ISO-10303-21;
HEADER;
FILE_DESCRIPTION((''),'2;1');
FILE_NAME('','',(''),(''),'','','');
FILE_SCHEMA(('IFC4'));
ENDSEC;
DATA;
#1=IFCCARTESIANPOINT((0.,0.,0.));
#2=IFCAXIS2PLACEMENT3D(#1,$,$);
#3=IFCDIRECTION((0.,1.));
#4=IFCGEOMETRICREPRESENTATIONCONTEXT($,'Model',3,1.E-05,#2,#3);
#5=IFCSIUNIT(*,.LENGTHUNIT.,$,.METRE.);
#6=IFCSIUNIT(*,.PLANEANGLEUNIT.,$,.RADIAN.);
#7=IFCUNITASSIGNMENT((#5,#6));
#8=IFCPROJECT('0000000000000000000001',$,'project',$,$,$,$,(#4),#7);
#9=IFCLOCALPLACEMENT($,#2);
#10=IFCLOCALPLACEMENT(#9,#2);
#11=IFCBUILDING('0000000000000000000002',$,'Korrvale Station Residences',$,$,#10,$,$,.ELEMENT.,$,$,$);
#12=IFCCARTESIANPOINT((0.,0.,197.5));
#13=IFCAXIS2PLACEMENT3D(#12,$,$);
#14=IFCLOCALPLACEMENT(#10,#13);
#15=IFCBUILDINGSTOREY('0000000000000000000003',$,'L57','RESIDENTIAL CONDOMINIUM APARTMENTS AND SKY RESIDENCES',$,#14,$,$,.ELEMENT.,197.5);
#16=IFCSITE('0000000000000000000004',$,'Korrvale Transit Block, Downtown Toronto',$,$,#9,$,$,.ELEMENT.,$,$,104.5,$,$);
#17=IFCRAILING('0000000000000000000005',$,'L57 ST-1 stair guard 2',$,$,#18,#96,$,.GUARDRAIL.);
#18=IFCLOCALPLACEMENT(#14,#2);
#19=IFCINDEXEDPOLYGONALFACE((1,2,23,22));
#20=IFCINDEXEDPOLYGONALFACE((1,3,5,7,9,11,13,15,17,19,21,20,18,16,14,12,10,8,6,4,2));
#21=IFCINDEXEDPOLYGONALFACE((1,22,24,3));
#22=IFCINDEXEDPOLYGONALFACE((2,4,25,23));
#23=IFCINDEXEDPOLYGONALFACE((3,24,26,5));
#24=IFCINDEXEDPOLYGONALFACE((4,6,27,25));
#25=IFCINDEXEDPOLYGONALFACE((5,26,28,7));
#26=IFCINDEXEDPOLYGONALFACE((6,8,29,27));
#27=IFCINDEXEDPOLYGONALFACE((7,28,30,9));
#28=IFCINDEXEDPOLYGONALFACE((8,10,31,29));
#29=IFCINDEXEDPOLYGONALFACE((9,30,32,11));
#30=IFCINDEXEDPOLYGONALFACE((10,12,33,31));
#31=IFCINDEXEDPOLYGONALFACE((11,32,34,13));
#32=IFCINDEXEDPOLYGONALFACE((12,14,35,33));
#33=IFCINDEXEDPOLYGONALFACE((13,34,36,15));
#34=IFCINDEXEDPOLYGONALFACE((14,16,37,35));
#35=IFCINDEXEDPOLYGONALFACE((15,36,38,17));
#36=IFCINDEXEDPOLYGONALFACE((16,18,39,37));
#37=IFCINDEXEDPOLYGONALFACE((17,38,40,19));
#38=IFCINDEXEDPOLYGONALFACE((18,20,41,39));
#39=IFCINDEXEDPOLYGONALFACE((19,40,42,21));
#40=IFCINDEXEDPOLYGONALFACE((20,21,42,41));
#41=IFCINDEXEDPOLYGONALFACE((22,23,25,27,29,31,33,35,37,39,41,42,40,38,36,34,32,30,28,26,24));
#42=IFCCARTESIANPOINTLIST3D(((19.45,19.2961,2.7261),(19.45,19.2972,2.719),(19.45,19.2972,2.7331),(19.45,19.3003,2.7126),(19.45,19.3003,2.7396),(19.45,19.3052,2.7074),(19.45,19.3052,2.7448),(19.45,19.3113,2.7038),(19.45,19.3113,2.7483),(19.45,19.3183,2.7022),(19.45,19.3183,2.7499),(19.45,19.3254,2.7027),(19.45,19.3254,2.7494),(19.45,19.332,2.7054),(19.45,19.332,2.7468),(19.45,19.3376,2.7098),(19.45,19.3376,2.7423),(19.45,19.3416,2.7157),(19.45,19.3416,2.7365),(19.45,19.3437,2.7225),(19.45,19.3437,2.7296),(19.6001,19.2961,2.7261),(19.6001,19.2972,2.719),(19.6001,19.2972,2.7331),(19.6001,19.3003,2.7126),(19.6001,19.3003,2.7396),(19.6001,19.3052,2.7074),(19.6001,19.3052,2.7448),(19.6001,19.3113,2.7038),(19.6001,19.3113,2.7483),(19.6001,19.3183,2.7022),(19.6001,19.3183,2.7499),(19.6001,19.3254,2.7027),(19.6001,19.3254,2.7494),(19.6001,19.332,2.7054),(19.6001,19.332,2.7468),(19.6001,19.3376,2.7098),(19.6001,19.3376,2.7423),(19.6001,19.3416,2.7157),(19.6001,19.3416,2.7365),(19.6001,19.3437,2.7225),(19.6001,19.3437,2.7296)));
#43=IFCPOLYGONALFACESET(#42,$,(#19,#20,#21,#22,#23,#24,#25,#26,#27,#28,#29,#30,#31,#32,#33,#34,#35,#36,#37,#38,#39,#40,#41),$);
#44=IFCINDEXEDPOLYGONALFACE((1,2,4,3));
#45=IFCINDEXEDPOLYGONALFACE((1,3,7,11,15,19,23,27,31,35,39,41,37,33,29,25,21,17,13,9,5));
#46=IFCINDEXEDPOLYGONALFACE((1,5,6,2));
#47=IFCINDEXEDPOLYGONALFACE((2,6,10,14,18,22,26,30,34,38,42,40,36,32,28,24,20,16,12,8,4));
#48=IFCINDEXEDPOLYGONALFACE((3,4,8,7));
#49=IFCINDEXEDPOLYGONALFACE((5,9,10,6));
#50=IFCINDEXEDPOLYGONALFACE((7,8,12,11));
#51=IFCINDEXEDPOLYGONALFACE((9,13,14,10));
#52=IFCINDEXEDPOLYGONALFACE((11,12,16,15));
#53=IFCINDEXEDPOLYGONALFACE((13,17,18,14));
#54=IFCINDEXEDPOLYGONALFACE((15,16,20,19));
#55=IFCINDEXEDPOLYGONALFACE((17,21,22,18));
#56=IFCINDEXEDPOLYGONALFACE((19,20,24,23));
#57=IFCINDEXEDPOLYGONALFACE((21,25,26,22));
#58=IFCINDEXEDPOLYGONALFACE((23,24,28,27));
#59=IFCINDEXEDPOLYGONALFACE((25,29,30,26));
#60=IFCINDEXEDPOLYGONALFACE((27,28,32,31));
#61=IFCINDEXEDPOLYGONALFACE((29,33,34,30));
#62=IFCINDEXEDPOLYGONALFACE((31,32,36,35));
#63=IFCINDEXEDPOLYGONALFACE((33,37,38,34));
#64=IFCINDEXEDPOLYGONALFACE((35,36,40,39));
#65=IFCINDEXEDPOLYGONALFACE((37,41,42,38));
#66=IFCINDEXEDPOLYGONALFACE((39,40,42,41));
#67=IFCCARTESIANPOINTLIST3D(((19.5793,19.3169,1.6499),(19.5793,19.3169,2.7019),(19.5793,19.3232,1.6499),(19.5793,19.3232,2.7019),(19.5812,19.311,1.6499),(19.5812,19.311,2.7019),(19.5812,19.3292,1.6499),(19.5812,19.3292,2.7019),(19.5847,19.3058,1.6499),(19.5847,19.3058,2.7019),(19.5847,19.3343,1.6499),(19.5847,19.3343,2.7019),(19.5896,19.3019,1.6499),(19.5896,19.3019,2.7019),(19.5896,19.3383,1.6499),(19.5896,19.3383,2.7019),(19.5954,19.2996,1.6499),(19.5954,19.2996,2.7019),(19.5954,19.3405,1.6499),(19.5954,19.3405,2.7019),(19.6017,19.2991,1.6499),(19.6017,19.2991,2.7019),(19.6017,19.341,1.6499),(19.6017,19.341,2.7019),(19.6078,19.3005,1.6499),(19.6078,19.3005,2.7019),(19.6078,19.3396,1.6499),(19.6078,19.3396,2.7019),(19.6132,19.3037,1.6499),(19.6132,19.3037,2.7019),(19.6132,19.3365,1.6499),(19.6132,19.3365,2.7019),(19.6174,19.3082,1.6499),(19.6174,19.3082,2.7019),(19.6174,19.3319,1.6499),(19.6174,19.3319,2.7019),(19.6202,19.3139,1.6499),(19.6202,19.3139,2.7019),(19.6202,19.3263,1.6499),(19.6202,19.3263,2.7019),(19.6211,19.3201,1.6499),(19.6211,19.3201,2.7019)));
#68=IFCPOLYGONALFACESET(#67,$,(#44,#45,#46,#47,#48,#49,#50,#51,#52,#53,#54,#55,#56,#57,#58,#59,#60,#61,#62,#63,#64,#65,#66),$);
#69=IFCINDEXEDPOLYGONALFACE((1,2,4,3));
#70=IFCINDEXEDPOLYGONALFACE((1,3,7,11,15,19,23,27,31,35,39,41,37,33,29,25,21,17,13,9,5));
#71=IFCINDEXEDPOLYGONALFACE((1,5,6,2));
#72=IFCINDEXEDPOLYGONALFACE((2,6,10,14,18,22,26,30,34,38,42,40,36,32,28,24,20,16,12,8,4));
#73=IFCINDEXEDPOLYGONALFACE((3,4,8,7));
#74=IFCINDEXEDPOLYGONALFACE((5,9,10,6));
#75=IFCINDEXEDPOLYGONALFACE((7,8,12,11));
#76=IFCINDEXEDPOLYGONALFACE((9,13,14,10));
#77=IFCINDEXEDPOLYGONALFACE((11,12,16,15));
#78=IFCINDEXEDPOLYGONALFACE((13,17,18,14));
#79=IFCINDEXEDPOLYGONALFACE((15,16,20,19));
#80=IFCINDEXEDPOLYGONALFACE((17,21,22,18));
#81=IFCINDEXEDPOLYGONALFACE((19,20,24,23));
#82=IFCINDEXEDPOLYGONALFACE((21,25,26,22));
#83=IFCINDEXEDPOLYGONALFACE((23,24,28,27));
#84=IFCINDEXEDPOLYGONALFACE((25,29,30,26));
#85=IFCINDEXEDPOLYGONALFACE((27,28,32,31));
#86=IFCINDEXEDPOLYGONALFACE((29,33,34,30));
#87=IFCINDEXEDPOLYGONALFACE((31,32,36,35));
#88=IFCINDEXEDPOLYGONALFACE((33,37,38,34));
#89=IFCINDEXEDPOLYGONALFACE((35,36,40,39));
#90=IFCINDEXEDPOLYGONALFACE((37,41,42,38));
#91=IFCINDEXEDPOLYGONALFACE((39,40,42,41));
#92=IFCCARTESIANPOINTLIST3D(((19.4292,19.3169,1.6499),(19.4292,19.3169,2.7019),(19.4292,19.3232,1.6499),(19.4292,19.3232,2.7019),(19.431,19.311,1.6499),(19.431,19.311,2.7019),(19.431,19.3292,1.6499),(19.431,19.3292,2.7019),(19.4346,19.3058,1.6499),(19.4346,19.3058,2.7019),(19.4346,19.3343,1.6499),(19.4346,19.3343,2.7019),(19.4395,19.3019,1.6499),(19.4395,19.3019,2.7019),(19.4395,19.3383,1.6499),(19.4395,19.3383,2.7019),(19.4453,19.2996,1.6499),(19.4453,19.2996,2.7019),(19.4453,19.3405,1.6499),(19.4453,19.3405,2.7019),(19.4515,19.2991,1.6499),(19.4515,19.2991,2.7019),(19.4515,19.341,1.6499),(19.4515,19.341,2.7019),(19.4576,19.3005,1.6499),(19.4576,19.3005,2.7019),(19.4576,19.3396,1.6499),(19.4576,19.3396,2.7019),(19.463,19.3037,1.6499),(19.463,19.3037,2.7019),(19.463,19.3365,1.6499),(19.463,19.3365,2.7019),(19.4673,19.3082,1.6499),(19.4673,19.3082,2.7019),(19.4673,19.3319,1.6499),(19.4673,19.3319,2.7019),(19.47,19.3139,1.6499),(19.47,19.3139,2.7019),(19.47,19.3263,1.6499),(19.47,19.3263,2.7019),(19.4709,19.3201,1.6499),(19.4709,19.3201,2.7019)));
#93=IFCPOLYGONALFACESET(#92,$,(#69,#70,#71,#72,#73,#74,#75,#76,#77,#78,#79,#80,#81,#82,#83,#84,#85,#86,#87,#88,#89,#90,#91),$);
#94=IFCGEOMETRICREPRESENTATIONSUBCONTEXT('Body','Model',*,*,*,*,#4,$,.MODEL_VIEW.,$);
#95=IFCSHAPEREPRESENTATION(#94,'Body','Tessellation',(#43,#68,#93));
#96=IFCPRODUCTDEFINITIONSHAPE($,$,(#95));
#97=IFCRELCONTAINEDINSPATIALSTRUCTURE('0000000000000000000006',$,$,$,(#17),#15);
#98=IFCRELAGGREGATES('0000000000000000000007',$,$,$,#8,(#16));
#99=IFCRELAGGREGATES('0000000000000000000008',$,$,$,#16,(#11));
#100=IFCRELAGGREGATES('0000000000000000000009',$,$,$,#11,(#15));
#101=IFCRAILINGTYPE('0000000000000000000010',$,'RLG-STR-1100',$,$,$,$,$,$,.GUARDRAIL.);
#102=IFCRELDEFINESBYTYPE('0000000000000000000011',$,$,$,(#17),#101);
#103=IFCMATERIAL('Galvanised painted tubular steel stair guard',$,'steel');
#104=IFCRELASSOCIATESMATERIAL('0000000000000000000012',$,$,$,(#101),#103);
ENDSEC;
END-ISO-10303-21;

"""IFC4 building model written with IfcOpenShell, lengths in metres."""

from ifc_helpers import new_model, si_unit, direction, frame, origin, origin_2d, place, context, subcontext, project, spatial, circle, extrude, material, type_object, element, save


model = new_model("IFC4")

# Units and contexts
model_context = context("Model", 3, precision=1e-05, world=origin(), true_north=direction((0.0, 1.0)))
body_context = subcontext(model_context, "Body", "Model", "MODEL_VIEW")
ifc_project = project(units=[si_unit("LENGTHUNIT", "METRE"), si_unit("PLANEANGLEUNIT", "RADIAN")], contexts=[model_context])

# Site, building, storey
site_placement = place(None, origin())
site = spatial("IfcSite", under=ifc_project, at=site_placement, Name="Korrvale Transit Block, Downtown Toronto", CompositionType="ELEMENT", RefElevation=104.5)
building_placement = place(site_placement, origin())
building = spatial("IfcBuilding", under=site, at=building_placement, Name="Korrvale Station Residences", CompositionType="ELEMENT")
storey_placement = place(building_placement, frame((0.0, 0.0, 197.5)))
storey = spatial("IfcBuildingStorey", under=building, at=storey_placement, Name="L57", Description="RESIDENTIAL CONDOMINIUM APARTMENTS AND SKY RESIDENCES", CompositionType="ELEMENT", Elevation=197.5)

# Railing
ifc_material_1 = material(Name="Galvanised painted tubular steel stair guard", Category="steel")
railing_type_1 = type_object("IfcRailingType", Name="RLG-STR-1100", PredefinedType="GUARDRAIL", material=ifc_material_1)
railing_1_placement = place(storey_placement, frame((19.6001, 19.3201, 1.6499)))
element("IfcRailing", 1, at=railing_1_placement, inside=storey, type_object=railing_type_1, Name="L57 ST-1 stair guard 2", PredefinedType="GUARDRAIL", context=body_context, shape_type="SweptSolid", body=[
    extrude(circle(Radius=0.0239, at=origin_2d()), frame((0.0, 0.0, 1.0762), z_axis=(-1.0, 0.0, 0.0), x_axis=(0.0, -1.0, 0.0)), (0.0, 0.0, 1.0), 0.1501),
    extrude(circle(Radius=0.021, at=origin_2d()), origin(), (0.0, 0.0, 1.0), 1.052),
    extrude(circle(Radius=0.021, at=origin_2d()), frame((-0.1501, 0.0, 0.0)), (0.0, 0.0, 1.0), 1.052),
])

save(model, "model.ifc")
